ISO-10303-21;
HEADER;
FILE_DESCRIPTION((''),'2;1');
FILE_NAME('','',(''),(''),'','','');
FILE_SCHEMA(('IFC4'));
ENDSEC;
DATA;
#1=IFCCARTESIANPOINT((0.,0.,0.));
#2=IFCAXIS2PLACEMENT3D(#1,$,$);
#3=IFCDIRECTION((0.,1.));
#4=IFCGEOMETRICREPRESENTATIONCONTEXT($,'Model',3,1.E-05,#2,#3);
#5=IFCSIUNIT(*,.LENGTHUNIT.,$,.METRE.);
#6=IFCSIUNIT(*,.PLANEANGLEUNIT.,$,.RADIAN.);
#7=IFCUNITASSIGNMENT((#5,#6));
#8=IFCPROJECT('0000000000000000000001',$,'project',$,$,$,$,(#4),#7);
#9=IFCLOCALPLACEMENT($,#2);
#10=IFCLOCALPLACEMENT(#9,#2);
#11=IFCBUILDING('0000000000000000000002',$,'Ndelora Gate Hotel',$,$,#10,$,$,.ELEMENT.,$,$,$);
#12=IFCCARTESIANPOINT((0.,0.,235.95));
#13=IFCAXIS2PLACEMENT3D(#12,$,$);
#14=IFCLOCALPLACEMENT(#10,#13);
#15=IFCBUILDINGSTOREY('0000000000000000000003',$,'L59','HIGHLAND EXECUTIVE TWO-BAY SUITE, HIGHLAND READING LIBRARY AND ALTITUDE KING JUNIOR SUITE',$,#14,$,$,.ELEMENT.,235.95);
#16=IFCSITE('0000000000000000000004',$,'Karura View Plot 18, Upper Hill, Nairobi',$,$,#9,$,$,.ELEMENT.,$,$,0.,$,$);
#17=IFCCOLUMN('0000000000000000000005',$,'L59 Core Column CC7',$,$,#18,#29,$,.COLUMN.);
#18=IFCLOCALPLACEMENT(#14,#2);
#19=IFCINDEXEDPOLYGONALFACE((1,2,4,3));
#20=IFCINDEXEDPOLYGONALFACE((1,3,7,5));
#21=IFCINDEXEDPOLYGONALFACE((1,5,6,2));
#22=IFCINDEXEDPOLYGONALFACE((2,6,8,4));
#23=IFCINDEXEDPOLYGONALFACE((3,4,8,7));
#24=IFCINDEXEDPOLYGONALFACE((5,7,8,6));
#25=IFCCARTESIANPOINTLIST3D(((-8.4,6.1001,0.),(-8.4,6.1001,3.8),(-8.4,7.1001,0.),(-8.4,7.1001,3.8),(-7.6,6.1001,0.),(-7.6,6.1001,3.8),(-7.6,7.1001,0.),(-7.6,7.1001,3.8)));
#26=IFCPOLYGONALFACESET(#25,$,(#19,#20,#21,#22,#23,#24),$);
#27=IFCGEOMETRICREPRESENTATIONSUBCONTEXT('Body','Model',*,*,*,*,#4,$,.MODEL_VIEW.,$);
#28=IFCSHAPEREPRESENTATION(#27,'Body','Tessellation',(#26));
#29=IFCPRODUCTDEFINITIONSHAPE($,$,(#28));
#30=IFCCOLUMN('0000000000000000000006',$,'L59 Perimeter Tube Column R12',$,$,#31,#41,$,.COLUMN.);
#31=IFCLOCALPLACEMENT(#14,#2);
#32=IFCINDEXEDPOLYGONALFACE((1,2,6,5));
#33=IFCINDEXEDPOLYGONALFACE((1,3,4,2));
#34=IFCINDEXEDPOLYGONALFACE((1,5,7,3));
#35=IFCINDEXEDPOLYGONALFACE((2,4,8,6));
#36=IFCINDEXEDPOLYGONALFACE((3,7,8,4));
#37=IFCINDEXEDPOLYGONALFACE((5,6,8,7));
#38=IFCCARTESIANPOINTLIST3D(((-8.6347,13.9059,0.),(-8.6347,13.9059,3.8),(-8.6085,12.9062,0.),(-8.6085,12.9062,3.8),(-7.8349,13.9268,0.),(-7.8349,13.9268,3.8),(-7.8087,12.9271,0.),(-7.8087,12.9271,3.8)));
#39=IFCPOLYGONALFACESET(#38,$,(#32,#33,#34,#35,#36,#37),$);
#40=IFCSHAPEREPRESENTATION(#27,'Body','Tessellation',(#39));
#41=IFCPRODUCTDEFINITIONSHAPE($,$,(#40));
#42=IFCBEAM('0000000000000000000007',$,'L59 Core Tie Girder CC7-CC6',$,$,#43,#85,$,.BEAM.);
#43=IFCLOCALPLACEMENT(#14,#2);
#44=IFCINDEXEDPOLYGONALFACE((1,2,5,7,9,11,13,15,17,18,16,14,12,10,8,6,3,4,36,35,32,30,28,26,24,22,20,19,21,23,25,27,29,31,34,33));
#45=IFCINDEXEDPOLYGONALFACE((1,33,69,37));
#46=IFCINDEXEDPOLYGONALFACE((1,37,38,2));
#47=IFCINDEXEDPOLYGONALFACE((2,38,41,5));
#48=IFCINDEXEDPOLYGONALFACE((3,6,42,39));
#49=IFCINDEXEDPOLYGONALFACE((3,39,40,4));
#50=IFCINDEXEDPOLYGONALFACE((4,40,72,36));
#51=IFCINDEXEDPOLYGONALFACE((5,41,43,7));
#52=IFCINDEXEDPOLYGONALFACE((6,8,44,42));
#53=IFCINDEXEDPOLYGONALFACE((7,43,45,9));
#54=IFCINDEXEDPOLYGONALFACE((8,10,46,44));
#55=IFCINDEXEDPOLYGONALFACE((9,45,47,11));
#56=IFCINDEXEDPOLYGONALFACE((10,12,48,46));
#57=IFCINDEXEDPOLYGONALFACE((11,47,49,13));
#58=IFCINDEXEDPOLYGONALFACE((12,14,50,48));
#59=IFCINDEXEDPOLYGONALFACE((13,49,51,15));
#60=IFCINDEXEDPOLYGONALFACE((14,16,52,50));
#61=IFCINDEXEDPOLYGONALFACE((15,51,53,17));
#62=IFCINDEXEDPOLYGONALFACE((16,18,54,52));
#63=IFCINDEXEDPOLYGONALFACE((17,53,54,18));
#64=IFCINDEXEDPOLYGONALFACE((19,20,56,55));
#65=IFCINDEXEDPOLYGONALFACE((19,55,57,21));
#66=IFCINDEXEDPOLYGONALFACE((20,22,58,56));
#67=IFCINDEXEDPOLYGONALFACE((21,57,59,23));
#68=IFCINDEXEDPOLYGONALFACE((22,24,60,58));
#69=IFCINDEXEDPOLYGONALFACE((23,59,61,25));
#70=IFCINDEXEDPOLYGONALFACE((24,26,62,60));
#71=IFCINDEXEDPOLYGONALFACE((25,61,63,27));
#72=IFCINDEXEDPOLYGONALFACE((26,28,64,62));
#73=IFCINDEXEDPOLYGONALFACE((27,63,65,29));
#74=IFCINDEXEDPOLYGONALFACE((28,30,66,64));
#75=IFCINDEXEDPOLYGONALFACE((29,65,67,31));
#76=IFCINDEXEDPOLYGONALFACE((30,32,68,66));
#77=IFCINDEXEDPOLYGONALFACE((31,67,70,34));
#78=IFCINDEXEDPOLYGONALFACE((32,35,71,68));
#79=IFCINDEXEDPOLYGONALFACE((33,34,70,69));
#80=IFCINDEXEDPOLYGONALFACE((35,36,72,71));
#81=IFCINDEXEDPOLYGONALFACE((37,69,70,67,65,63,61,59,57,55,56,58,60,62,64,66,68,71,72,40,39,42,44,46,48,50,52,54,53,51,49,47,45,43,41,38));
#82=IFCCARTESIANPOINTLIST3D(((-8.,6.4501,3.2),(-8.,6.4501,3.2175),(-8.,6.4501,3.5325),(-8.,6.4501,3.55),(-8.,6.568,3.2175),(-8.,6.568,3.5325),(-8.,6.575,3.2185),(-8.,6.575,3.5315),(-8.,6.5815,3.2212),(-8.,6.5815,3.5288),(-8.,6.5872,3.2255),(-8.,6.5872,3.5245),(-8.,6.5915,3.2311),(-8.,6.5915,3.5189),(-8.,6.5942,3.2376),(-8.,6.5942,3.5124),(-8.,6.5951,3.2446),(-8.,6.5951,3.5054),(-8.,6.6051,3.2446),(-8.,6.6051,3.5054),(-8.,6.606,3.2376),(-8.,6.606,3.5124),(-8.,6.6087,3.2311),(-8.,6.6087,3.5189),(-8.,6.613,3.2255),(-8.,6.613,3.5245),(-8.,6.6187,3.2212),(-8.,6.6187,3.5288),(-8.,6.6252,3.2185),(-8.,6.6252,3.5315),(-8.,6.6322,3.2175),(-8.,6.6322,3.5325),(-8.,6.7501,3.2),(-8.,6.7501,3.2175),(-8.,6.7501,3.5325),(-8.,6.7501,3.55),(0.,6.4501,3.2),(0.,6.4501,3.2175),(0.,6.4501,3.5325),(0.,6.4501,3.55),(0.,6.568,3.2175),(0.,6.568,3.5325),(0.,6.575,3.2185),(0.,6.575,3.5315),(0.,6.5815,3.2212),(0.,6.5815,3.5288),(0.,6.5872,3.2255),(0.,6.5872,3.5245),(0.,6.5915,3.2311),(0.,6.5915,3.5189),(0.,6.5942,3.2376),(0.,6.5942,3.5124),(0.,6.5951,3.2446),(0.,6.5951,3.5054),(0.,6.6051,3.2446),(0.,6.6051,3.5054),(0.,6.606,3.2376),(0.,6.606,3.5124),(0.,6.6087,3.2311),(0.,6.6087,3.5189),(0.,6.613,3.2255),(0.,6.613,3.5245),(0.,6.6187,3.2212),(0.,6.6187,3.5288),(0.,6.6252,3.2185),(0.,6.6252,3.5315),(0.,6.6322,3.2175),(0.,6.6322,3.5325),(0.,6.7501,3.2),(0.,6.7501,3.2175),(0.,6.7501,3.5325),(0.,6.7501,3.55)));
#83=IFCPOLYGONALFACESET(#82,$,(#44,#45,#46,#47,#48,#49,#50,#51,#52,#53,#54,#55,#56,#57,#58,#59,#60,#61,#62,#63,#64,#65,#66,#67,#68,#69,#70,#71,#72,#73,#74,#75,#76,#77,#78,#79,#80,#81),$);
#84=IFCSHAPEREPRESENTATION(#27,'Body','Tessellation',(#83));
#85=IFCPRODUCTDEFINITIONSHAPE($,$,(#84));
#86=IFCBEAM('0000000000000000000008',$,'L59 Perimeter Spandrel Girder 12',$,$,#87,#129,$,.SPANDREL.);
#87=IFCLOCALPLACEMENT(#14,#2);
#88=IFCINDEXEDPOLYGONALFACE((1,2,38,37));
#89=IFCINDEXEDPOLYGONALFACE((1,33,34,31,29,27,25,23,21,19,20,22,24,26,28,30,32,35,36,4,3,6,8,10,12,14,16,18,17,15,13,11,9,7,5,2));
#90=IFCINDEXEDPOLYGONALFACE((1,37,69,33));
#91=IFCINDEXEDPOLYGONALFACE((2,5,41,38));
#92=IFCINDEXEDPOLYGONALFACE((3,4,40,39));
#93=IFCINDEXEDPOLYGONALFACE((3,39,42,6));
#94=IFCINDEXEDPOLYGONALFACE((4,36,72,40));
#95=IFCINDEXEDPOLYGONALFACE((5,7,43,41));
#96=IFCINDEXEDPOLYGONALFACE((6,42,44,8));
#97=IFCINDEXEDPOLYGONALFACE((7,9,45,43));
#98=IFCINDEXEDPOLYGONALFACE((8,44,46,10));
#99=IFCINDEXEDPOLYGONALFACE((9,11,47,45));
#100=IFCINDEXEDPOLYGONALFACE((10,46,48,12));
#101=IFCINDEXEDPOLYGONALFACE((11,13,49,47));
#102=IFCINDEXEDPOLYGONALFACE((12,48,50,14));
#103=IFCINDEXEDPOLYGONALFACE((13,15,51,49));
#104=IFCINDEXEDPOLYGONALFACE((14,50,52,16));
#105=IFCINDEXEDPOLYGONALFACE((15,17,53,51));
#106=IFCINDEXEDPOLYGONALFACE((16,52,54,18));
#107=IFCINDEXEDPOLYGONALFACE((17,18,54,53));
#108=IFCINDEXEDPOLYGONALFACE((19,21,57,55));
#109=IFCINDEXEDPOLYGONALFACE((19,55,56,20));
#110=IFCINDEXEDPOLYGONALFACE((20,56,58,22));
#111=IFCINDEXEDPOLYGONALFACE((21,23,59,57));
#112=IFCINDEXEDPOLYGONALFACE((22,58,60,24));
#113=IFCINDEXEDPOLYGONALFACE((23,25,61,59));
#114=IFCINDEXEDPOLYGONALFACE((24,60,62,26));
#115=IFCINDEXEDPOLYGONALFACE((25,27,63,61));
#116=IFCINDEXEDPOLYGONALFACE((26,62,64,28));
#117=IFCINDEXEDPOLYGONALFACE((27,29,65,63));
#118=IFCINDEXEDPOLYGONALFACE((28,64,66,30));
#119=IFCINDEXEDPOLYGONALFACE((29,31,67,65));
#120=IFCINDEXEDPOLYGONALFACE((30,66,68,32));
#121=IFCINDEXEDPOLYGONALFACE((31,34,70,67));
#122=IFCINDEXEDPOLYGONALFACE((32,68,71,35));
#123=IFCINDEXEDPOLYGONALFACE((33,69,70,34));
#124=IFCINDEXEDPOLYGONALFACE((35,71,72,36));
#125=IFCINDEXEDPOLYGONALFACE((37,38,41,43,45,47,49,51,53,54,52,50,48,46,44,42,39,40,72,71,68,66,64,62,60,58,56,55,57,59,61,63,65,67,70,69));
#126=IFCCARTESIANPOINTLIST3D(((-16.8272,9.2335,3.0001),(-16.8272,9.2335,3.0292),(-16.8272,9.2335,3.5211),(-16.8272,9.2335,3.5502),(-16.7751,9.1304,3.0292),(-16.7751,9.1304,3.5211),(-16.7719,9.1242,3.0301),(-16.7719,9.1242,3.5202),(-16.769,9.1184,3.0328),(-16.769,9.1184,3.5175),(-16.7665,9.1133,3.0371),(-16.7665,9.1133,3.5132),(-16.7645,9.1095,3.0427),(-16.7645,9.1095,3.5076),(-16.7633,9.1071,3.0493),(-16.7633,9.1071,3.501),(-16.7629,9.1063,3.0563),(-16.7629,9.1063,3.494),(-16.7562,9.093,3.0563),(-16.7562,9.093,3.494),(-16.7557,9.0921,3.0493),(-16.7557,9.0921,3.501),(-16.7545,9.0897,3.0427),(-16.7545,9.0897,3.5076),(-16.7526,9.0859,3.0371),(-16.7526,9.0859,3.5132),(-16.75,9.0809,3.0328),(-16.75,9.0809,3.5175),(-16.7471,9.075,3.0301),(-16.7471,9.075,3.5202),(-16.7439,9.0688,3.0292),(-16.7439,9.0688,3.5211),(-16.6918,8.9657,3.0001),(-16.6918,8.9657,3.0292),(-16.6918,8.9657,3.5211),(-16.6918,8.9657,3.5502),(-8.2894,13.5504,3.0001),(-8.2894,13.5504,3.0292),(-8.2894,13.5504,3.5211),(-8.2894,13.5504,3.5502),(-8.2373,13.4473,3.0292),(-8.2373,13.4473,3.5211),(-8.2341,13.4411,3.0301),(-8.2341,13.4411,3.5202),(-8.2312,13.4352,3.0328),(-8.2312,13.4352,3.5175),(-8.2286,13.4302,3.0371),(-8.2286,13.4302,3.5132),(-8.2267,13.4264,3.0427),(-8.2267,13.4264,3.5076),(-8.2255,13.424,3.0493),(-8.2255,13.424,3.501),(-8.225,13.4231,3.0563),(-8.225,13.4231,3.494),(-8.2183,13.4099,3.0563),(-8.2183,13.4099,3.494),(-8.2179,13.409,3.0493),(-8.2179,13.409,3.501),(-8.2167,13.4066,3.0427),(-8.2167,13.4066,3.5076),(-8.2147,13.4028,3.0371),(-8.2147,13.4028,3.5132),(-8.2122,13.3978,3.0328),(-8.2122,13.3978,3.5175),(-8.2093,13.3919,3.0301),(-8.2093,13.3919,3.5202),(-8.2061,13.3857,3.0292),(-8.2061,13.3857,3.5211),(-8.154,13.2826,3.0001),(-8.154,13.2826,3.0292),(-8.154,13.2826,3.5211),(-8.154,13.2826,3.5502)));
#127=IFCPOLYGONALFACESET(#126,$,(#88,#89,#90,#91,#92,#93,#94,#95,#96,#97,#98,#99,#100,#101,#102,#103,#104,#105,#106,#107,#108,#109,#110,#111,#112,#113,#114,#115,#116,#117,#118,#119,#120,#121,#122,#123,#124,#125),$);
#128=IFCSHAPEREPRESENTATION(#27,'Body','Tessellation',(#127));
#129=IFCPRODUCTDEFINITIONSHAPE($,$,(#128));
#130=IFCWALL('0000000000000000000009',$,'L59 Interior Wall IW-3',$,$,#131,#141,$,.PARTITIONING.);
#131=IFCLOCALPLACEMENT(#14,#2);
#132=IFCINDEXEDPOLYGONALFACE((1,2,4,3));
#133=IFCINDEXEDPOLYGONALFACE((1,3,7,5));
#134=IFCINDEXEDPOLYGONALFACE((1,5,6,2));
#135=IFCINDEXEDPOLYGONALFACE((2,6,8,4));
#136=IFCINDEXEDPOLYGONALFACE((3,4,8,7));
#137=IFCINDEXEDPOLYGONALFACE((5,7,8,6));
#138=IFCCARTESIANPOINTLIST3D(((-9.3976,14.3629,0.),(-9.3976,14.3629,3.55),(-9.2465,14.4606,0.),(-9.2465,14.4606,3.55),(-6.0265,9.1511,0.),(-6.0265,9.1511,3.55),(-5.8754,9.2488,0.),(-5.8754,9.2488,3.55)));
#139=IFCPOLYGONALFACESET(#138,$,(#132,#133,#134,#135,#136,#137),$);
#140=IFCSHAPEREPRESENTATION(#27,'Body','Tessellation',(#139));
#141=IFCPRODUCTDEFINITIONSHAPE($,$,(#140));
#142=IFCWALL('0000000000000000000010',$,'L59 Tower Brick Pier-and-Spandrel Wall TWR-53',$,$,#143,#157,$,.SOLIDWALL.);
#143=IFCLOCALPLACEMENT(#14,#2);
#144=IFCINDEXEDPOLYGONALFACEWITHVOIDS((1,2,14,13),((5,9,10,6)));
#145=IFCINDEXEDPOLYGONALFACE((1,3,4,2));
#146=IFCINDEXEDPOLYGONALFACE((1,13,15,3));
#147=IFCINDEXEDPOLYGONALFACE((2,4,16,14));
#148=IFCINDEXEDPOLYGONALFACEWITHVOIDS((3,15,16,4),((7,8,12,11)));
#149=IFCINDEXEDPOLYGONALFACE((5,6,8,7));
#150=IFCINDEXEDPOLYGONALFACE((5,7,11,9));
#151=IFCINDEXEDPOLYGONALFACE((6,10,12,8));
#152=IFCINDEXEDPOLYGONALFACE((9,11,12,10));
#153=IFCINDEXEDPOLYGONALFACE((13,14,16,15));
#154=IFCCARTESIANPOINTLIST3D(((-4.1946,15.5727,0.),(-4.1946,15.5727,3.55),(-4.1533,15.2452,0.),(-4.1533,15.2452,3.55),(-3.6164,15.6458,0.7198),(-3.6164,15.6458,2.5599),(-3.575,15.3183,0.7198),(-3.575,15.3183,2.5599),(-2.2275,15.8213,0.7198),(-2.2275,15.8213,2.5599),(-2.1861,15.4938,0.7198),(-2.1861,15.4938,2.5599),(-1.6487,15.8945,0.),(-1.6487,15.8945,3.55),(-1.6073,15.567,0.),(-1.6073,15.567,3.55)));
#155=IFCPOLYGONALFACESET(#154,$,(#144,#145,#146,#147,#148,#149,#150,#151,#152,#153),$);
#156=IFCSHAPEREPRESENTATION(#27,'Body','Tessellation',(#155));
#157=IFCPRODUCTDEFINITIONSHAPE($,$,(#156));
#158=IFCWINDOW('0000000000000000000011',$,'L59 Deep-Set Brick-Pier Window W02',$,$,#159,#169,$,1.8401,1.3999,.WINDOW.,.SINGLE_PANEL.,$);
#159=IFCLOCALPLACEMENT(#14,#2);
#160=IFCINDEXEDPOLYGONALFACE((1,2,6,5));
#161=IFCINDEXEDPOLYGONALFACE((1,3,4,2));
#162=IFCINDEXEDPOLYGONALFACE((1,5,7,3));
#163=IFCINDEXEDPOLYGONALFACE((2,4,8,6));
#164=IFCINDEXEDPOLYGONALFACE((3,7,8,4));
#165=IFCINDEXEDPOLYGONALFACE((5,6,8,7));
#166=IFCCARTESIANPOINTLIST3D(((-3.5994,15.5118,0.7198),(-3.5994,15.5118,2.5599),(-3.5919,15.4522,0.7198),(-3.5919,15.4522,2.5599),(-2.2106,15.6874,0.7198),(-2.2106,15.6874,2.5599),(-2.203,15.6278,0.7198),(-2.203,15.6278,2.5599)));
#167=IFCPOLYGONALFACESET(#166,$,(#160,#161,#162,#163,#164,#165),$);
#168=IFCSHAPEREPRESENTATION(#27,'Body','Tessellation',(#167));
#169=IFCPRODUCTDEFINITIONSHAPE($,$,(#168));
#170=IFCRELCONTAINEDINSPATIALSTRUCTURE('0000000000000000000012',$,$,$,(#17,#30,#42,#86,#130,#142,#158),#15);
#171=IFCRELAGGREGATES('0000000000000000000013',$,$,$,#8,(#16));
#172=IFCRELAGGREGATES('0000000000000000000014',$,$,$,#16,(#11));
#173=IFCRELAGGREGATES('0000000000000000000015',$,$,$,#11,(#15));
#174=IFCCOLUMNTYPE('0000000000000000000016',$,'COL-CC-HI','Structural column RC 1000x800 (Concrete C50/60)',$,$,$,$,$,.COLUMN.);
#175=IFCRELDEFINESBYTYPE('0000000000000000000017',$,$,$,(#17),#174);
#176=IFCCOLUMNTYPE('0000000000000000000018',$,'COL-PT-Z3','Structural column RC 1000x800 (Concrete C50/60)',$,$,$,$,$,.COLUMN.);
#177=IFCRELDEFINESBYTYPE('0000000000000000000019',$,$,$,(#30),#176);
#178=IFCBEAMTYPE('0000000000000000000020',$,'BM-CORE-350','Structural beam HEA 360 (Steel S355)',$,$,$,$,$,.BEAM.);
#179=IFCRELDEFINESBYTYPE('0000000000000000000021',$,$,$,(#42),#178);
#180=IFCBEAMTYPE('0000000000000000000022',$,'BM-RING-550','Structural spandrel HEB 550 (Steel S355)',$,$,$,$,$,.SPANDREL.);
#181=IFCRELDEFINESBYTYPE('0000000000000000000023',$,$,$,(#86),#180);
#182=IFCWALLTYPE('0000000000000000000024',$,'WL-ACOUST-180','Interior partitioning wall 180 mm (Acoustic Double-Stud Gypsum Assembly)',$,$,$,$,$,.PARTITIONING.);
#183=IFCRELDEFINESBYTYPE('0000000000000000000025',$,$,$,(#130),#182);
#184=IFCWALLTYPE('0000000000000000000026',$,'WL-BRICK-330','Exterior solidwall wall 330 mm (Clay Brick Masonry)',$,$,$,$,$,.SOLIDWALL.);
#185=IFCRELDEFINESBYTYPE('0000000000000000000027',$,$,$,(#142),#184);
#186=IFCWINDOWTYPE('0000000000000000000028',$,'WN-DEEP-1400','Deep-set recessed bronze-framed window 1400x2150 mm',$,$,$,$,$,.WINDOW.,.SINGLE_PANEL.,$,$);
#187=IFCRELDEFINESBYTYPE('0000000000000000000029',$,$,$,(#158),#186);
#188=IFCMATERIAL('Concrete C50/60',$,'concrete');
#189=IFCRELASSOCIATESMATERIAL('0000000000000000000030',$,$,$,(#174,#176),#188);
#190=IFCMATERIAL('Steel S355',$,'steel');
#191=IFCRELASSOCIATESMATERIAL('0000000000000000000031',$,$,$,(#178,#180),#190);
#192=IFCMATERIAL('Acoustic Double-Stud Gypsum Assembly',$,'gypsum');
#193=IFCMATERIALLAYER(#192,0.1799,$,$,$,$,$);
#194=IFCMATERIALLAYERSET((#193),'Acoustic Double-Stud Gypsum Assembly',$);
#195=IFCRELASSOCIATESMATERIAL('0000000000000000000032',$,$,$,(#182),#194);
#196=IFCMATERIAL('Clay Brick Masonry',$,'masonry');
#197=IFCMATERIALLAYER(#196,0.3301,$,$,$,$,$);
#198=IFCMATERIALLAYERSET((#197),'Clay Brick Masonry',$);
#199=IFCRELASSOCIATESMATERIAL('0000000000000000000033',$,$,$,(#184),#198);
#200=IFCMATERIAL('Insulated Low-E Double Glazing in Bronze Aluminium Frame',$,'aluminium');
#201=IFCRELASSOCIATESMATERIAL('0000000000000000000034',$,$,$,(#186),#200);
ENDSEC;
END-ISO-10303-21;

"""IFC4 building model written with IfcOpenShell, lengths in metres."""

from ifc_helpers import new_model, si_unit, direction, frame, frame_2d, origin, origin_2d, place, context, subcontext, project, spatial, rectangle, i_section, extrude, material, layer, layer_set, material_profile, profile_set, type_object, element, fill, save


model = new_model("IFC4")

# Units and contexts
model_context = context("Model", 3, precision=1e-05, world=origin(), true_north=direction((0.0, 1.0)))
body_context = subcontext(model_context, "Body", "Model", "MODEL_VIEW")
ifc_project = project(units=[si_unit("LENGTHUNIT", "METRE"), si_unit("PLANEANGLEUNIT", "RADIAN")], contexts=[model_context])

# Site, building, storey
site_placement = place(None, origin())
site = spatial("IfcSite", under=ifc_project, at=site_placement, Name="Karura View Plot 18, Upper Hill, Nairobi", CompositionType="ELEMENT", RefElevation=0.0)
building_placement = place(site_placement, origin())
building = spatial("IfcBuilding", under=site, at=building_placement, Name="Ndelora Gate Hotel", CompositionType="ELEMENT")
storey_placement = place(building_placement, frame((0.0, 0.0, 235.95)))
storey = spatial("IfcBuildingStorey", under=building, at=storey_placement, Name="L59", Description="HIGHLAND EXECUTIVE TWO-BAY SUITE, HIGHLAND READING LIBRARY AND ALTITUDE KING JUNIOR SUITE", CompositionType="ELEMENT", Elevation=235.95)

# Columns
ifc_material_1 = material(Name="Concrete C50/60", Category="concrete")
ifc_material_profile_1 = material_profile(ifc_material_1, rectangle(XDim=0.8, YDim=1.0, at=origin_2d()), Name="RC 1000x800")
ifc_profile_set_1 = profile_set([ifc_material_profile_1], Name="Concrete C50/60")
column_type_1 = type_object("IfcColumnType", Name="COL-CC-HI", Description="Structural column RC 1000x800 (Concrete C50/60)", PredefinedType="COLUMN", material=ifc_profile_set_1)
column_1_placement = place(storey_placement, frame((-8.0, 6.6001, 0.0), z_axis=(0.0, 0.0, 1.0), x_axis=(1.0, 0.0, 0.0)))
element("IfcColumn", 1, at=column_1_placement, inside=storey, type_object=column_type_1, Name="L59 Core Column CC7", PredefinedType="COLUMN", context=body_context, shape_type="SweptSolid", body=[
    extrude(rectangle(XDim=0.8, YDim=1.0, at=origin_2d()), origin(), (0.0, 0.0, 1.0), 3.8),
])
ifc_material_profile_2 = material_profile(ifc_material_1, rectangle(XDim=0.8, YDim=1.0, at=origin_2d()), Name="RC 1000x800")
ifc_profile_set_2 = profile_set([ifc_material_profile_2], Name="Concrete C50/60")
column_type_2 = type_object("IfcColumnType", Name="COL-PT-Z3", Description="Structural column RC 1000x800 (Concrete C50/60)", PredefinedType="COLUMN", material=ifc_profile_set_2)
column_2_placement = place(storey_placement, frame((-8.2217, 13.4165, 0.0), z_axis=(0.0, 0.0, 1.0), x_axis=(0.999657, 0.026177, 0.0)))
element("IfcColumn", 2, at=column_2_placement, inside=storey, type_object=column_type_2, Name="L59 Perimeter Tube Column R12", PredefinedType="COLUMN", context=body_context, shape_type="SweptSolid", body=[
    extrude(rectangle(XDim=0.8, YDim=1.0, at=origin_2d()), origin(), (0.0, 0.0, 1.0), 3.8),
])

# Beams
ifc_material_2 = material(Name="Steel S355", Category="steel")
ifc_material_profile_3 = material_profile(ifc_material_2, i_section(OverallWidth=0.3, OverallDepth=0.3501, WebThickness=0.01, FlangeThickness=0.0176, FilletRadius=0.0271, at=origin_2d()), Name="HEA 360")
ifc_profile_set_3 = profile_set([ifc_material_profile_3], Name="Steel S355")
beam_type_1 = type_object("IfcBeamType", Name="BM-CORE-350", Description="Structural beam HEA 360 (Steel S355)", PredefinedType="BEAM", material=ifc_profile_set_3)
beam_1_placement = place(storey_placement, frame((-8.0, 6.6001, 3.375), z_axis=(1.0, 0.0, 0.0), x_axis=(0.0, 1.0, 0.0)))
element("IfcBeam", 3, at=beam_1_placement, inside=storey, type_object=beam_type_1, Name="L59 Core Tie Girder CC7-CC6", PredefinedType="BEAM", context=body_context, shape_type="SweptSolid", body=[
    extrude(i_section(OverallWidth=0.3, OverallDepth=0.3501, WebThickness=0.01, FlangeThickness=0.0176, FilletRadius=0.0271, at=origin_2d()), origin(), (0.0, 0.0, 1.0), 8.0),
])
ifc_material_profile_4 = material_profile(ifc_material_2, i_section(OverallWidth=0.3, OverallDepth=0.55, WebThickness=0.0149, FlangeThickness=0.0291, FilletRadius=0.0271, at=origin_2d()), Name="HEB 550")
ifc_profile_set_4 = profile_set([ifc_material_profile_4], Name="Steel S355")
beam_type_2 = type_object("IfcBeamType", Name="BM-RING-550", Description="Structural spandrel HEB 550 (Steel S355)", PredefinedType="SPANDREL", material=ifc_profile_set_4)
beam_2_placement = place(storey_placement, frame((-8.2217, 13.4165, 3.2751), z_axis=(-0.892412, -0.451221, 0.0), x_axis=(0.451221, -0.892412, 0.0)))
element("IfcBeam", 4, at=beam_2_placement, inside=storey, type_object=beam_type_2, Name="L59 Perimeter Spandrel Girder 12", PredefinedType="SPANDREL", context=body_context, shape_type="SweptSolid", body=[
    extrude(i_section(OverallWidth=0.3, OverallDepth=0.55, WebThickness=0.0149, FlangeThickness=0.0291, FilletRadius=0.0271, at=origin_2d()), origin(), (0.0, 0.0, 1.0), 9.5671),
])

# Wall
ifc_material_3 = material(Name="Acoustic Double-Stud Gypsum Assembly", Category="gypsum")
ifc_layer_1 = layer(ifc_material_3, 0.1799)
ifc_layer_set_1 = layer_set([ifc_layer_1], Name="Acoustic Double-Stud Gypsum Assembly")
wall_type_1 = type_object("IfcWallType", Name="WL-ACOUST-180", Description="Interior partitioning wall 180 mm (Acoustic Double-Stud Gypsum Assembly)", PredefinedType="PARTITIONING", material=ifc_layer_set_1)
wall_1_placement = place(storey_placement, frame((-5.9509, 9.2, 0.0), z_axis=(0.0, 0.0, 1.0), x_axis=(-0.543119, 0.839656, 0.0)))
element("IfcWall", 5, at=wall_1_placement, inside=storey, type_object=wall_type_1, Name="L59 Interior Wall IW-3", PredefinedType="PARTITIONING", context=body_context, shape_type="SweptSolid", body=[
    extrude(rectangle(XDim=6.207, YDim=0.1799, at=frame_2d((3.1035, 0.0))), origin(), (0.0, 0.0, 1.0), 3.55),
])

# Wall, opening, window
ifc_material_4 = material(Name="Clay Brick Masonry", Category="masonry")
ifc_layer_2 = layer(ifc_material_4, 0.3301)
ifc_layer_set_2 = layer_set([ifc_layer_2], Name="Clay Brick Masonry")
wall_type_2 = type_object("IfcWallType", Name="WL-BRICK-330", Description="Exterior solidwall wall 330 mm (Clay Brick Masonry)", PredefinedType="SOLIDWALL", material=ifc_layer_set_2)
wall_2_placement = place(storey_placement, frame((-4.1741, 15.4089, 0.0), z_axis=(0.0, 0.0, 1.0), x_axis=(0.992107, 0.125393, 0.0)))
wall_2 = element("IfcWall", 6, at=wall_2_placement, inside=storey, type_object=wall_type_2, Name="L59 Tower Brick Pier-and-Spandrel Wall TWR-53", PredefinedType="SOLIDWALL", context=body_context, shape_type="SweptSolid", body=[
    extrude(rectangle(XDim=2.5662, YDim=0.3301, at=frame_2d((1.2832, 0.0))), origin(), (0.0, 0.0, 1.0), 3.55),
])
opening_1_placement = place(wall_2_placement, frame((0.583, 0.0, 0.72)))
opening_1 = element("IfcOpeningElement", 7, at=opening_1_placement, cuts=wall_2, PredefinedType="OPENING", context=body_context, shape_type="SweptSolid", body=[
    extrude(rectangle(XDim=1.3999, YDim=1.8401, at=frame_2d((0.7, 0.9199))), frame((0.0, 0.175, 0.0), z_axis=(0.0, -1.0, 0.0), x_axis=(1.0, 0.0, 0.0)), (0.0, 0.0, 1.0), 0.3501),
])
ifc_material_5 = material(Name="Insulated Low-E Double Glazing in Bronze Aluminium Frame", Category="aluminium")
window_type = type_object("IfcWindowType", Name="WN-DEEP-1400", Description="Deep-set recessed bronze-framed window 1400x2150 mm", PartitioningType="SINGLE_PANEL", PredefinedType="WINDOW", material=ifc_material_5)
window_1_placement = place(opening_1_placement, origin())
window_1 = element("IfcWindow", 8, at=window_1_placement, inside=storey, type_object=window_type, Name="L59 Deep-Set Brick-Pier Window W02", OverallHeight=1.8401, OverallWidth=1.3999, PartitioningType="SINGLE_PANEL", PredefinedType="WINDOW", context=body_context, shape_type="SweptSolid", body=[
    extrude(rectangle(XDim=1.3999, YDim=1.8401, at=frame_2d((0.7, 0.9199))), frame((0.0, 0.03, 0.0), z_axis=(0.0, -1.0, 0.0), x_axis=(1.0, 0.0, 0.0)), (0.0, 0.0, 1.0), 0.0601),
])
fill(opening_1, window_1)

save(model, "model.ifc")
